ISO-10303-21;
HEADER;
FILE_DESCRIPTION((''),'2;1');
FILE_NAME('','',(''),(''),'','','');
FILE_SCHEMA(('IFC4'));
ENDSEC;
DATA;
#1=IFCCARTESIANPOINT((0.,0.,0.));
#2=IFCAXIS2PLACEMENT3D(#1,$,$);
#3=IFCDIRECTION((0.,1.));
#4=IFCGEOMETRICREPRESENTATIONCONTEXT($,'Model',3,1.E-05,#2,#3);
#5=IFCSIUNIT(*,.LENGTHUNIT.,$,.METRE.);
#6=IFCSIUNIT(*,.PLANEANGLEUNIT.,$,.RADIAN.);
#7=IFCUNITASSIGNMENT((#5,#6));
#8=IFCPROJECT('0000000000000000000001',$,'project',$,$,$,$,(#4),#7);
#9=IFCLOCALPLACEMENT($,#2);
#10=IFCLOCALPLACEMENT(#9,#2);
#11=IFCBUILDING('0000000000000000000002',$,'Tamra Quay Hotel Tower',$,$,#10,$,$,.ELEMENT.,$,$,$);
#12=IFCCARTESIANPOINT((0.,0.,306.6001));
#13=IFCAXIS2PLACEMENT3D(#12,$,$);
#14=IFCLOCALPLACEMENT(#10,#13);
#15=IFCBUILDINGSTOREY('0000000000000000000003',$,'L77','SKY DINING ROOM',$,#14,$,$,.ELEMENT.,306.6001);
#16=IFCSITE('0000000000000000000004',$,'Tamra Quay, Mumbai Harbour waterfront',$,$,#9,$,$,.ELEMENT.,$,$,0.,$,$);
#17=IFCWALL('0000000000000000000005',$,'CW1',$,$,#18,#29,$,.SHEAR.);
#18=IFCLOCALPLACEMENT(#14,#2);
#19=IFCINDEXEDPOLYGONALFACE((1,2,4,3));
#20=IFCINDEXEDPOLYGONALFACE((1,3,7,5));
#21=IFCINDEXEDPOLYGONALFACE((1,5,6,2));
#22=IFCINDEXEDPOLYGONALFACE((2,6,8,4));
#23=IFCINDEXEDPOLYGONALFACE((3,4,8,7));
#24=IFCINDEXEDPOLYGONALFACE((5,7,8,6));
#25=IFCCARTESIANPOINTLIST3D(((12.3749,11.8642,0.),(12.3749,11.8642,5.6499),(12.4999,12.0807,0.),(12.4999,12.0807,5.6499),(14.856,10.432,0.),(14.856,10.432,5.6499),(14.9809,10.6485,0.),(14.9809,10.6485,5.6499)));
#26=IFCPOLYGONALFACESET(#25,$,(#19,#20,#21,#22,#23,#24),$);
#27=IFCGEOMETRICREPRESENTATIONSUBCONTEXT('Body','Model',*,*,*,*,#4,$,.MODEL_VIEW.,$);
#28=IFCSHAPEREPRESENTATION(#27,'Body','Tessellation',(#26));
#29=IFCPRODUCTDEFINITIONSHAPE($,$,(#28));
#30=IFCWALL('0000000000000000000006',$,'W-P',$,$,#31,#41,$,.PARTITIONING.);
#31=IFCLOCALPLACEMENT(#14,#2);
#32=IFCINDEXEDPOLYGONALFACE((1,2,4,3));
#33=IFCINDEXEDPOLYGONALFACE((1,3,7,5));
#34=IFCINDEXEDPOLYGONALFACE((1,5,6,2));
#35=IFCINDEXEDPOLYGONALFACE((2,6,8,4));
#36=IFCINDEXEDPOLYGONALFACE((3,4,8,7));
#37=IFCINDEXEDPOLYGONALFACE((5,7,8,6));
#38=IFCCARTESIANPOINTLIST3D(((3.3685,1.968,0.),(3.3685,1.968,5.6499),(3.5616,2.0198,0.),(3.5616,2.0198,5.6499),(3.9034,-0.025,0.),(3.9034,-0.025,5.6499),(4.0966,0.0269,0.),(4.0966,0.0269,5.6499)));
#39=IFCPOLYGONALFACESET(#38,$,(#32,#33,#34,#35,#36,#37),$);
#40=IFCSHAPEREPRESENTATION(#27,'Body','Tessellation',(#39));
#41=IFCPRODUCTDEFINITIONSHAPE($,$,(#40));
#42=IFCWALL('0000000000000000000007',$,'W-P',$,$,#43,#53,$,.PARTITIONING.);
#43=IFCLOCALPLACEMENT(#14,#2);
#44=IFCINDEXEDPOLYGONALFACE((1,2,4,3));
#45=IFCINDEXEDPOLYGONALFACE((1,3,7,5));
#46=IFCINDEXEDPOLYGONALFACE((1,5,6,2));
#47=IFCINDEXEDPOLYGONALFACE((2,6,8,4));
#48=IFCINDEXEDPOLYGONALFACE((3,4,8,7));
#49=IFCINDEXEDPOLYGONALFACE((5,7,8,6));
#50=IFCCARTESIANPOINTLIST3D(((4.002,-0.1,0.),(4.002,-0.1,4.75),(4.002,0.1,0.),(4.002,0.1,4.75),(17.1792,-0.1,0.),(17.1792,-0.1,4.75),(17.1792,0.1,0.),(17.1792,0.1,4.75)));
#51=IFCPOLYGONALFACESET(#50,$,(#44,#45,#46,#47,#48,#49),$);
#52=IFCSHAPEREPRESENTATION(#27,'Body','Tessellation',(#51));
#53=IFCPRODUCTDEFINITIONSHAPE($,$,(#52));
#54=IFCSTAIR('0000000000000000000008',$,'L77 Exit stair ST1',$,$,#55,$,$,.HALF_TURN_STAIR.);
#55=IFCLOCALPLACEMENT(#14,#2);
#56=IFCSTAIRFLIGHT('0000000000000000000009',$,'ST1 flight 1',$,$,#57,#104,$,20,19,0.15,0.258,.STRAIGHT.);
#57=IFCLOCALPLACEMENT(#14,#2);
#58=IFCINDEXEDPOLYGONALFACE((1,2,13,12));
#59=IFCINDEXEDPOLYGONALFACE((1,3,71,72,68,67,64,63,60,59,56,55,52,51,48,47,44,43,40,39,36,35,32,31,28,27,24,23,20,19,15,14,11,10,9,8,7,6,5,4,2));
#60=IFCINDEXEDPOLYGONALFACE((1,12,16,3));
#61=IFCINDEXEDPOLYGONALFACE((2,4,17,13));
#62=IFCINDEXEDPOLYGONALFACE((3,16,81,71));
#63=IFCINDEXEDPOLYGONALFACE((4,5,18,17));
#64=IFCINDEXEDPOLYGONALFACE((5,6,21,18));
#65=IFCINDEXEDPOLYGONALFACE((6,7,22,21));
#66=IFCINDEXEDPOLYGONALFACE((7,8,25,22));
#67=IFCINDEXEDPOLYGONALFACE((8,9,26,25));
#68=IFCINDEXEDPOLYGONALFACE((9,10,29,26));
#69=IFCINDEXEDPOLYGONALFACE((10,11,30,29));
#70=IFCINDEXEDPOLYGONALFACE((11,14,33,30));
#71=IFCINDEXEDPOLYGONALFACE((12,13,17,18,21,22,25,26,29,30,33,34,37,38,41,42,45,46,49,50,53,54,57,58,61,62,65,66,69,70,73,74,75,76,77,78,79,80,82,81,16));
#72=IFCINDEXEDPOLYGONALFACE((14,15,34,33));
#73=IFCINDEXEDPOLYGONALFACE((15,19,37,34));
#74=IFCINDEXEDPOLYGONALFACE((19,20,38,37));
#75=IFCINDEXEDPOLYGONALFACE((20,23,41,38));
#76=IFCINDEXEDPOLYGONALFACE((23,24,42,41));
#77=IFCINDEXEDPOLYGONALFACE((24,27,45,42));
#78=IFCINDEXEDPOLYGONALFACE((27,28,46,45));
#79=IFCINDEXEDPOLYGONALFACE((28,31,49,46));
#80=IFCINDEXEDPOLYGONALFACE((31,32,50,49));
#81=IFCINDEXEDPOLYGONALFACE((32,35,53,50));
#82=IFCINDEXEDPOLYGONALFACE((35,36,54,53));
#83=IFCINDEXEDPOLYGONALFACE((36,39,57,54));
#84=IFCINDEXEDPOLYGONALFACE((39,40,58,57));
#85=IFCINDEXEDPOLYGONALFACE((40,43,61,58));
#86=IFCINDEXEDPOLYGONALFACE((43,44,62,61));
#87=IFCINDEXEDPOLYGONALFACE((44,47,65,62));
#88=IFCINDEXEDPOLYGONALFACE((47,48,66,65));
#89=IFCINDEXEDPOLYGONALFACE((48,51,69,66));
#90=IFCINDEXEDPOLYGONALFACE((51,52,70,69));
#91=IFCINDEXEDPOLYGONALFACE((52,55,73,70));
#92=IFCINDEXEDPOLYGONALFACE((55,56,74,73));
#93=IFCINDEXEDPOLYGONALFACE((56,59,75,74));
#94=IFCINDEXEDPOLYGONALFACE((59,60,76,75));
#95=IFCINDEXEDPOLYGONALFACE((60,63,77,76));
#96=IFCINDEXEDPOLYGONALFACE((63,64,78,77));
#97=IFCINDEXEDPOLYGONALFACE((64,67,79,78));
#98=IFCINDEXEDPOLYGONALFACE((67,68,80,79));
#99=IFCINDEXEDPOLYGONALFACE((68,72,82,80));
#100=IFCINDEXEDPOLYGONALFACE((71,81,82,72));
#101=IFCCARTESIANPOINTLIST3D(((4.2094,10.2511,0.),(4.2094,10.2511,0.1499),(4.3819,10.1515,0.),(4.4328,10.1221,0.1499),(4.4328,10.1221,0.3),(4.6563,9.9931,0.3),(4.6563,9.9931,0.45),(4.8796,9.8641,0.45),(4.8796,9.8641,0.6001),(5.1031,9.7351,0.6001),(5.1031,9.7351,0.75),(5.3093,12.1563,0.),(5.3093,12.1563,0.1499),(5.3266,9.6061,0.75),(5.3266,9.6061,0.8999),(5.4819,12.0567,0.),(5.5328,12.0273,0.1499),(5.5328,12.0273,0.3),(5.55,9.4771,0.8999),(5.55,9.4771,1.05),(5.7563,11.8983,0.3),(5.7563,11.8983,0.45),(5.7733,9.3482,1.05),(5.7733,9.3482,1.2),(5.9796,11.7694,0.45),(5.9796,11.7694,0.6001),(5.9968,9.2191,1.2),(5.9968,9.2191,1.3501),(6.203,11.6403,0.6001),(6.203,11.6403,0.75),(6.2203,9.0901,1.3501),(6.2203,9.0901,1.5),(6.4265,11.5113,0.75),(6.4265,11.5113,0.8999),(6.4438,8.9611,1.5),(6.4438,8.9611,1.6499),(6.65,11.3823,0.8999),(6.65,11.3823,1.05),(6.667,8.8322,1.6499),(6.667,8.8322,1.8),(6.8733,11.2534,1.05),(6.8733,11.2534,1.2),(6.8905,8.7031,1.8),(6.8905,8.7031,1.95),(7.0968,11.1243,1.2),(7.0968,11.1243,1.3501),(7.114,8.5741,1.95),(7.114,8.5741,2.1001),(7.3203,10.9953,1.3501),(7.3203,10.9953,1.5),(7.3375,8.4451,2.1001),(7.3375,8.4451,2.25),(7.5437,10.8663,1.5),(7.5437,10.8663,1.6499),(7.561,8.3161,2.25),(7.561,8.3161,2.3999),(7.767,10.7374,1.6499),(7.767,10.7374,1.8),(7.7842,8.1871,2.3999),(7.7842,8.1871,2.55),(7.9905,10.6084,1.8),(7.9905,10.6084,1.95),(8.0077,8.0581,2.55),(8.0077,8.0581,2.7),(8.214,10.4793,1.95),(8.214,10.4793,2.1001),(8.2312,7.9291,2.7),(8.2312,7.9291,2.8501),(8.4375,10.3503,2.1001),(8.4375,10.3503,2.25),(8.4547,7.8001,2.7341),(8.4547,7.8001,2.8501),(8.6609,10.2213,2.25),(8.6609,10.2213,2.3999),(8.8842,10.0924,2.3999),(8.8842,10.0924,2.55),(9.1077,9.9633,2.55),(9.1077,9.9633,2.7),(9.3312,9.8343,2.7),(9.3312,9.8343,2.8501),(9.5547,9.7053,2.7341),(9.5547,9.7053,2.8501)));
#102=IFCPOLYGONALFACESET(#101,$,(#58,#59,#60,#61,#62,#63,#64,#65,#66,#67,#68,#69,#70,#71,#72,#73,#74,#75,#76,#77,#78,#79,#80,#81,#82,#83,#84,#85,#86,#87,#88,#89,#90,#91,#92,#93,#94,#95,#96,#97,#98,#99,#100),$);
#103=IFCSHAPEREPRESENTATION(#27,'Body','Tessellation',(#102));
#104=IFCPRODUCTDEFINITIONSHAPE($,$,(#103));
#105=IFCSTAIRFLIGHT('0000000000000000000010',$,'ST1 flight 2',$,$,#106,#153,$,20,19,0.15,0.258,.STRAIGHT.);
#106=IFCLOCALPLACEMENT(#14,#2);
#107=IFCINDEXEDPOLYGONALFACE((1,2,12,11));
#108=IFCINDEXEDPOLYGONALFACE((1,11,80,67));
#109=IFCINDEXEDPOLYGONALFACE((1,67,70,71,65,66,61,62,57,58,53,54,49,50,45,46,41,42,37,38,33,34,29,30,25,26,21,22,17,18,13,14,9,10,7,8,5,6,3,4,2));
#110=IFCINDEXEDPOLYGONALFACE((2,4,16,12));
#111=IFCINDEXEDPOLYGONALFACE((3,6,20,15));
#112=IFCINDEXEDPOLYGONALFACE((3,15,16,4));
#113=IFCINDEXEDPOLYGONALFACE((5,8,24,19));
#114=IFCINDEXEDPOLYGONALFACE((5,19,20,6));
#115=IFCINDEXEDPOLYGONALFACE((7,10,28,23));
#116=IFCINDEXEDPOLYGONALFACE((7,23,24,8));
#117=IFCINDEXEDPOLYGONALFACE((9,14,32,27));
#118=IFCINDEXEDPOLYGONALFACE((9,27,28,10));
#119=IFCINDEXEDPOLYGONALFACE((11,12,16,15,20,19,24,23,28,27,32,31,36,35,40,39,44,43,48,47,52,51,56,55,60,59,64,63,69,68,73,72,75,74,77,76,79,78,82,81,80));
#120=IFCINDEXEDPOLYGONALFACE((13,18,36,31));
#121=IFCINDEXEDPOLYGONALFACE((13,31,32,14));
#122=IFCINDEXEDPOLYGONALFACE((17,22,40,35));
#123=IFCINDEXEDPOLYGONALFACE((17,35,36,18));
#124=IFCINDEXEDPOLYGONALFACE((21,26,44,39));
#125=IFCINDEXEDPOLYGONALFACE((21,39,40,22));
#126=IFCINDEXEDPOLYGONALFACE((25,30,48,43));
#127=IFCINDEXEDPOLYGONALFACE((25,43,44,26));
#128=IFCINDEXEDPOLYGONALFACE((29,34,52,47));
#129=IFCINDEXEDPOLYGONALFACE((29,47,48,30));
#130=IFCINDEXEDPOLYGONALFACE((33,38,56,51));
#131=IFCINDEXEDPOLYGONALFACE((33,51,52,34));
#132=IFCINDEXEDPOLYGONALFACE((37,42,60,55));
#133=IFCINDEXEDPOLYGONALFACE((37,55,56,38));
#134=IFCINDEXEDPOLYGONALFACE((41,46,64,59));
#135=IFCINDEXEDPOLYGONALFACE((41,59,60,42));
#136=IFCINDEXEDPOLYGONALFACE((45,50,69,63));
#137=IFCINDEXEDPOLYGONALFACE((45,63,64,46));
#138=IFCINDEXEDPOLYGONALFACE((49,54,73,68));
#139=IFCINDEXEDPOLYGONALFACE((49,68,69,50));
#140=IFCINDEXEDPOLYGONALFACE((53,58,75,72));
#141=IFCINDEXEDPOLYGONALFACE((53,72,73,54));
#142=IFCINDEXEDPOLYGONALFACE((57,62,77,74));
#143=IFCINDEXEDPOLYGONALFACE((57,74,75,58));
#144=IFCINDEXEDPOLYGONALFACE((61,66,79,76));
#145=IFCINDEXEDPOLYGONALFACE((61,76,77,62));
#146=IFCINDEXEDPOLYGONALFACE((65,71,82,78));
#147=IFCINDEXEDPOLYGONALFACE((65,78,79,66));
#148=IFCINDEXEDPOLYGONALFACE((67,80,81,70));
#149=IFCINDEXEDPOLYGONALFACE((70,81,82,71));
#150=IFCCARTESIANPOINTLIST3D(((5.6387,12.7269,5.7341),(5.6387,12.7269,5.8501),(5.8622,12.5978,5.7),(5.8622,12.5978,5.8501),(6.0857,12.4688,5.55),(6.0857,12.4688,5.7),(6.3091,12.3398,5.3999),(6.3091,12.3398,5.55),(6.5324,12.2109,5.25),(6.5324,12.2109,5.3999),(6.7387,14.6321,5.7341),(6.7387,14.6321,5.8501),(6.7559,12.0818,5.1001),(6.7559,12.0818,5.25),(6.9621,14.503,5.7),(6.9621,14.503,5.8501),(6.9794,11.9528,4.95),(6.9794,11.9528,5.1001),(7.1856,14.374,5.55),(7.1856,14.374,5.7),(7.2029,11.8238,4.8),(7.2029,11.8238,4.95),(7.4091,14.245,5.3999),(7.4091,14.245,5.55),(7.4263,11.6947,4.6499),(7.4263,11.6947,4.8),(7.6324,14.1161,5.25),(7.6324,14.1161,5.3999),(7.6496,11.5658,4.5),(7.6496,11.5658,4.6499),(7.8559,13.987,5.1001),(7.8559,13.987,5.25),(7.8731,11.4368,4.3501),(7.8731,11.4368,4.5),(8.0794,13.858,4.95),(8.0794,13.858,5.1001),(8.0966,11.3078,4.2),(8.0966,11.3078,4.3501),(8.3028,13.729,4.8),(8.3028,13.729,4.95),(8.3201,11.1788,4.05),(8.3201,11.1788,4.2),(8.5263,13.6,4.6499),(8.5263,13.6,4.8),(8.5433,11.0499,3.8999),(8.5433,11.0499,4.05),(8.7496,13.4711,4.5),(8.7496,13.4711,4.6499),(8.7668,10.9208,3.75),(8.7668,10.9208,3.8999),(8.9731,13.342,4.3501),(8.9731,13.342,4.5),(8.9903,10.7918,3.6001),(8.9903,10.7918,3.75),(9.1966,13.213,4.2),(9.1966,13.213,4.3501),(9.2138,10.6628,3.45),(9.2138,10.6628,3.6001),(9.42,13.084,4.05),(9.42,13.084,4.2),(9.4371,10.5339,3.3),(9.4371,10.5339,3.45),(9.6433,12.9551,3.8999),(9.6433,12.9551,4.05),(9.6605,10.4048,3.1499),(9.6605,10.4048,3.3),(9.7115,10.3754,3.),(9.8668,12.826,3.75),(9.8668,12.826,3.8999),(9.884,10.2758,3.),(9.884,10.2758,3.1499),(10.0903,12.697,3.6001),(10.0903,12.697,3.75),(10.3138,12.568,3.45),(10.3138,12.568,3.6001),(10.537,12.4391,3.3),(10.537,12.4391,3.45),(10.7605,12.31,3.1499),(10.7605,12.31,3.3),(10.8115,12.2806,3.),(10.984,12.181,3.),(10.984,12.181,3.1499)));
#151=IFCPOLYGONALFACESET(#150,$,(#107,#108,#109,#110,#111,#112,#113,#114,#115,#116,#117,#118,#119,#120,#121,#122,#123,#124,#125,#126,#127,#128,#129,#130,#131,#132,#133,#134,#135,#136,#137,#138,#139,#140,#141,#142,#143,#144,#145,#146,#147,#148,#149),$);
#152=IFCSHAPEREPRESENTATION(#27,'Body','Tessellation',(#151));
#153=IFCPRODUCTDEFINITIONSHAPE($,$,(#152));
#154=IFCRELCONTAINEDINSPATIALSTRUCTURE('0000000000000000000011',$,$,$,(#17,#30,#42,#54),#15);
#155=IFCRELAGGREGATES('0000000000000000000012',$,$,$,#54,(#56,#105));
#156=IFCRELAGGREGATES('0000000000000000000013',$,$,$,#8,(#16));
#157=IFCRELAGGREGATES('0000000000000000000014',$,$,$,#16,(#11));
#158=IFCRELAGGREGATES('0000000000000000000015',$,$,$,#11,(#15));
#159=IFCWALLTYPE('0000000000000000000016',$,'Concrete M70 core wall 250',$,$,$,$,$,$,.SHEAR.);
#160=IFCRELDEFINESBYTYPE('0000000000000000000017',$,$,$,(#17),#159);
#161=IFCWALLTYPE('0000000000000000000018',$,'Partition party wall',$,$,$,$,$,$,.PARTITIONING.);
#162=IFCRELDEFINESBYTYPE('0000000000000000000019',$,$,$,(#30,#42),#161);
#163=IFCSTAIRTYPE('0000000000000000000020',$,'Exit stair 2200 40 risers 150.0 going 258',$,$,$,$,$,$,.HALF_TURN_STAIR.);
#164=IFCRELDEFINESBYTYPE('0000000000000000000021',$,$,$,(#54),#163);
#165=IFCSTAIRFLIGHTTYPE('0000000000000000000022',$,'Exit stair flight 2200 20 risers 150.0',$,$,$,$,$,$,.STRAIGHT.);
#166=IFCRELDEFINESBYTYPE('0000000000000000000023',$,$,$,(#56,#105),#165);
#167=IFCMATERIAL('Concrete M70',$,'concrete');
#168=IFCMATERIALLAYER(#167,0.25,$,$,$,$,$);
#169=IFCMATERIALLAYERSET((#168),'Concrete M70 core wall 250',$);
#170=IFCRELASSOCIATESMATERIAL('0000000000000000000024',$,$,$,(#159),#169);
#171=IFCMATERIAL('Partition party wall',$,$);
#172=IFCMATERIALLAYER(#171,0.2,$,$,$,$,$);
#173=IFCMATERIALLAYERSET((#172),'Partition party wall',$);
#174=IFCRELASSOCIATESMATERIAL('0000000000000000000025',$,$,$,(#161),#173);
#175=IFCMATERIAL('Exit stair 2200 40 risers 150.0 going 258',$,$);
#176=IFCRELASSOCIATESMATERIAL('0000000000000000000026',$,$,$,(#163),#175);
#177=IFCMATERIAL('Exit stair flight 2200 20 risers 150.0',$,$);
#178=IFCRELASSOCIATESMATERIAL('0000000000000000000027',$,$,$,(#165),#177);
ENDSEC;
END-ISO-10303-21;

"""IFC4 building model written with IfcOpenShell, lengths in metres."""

from ifc_helpers import new_model, si_unit, direction, frame, frame_2d, origin, place, context, subcontext, project, spatial, polyline, rectangle, outline, extrude, material, layer, layer_set, type_object, element, aggregate, save


model = new_model("IFC4")

# Units and contexts
model_context = context("Model", 3, precision=1e-05, world=origin(), true_north=direction((0.0, 1.0)))
body_context = subcontext(model_context, "Body", "Model", "MODEL_VIEW")
ifc_project = project(units=[si_unit("LENGTHUNIT", "METRE"), si_unit("PLANEANGLEUNIT", "RADIAN")], contexts=[model_context])

# Site, building, storey
site_placement = place(None, origin())
site = spatial("IfcSite", under=ifc_project, at=site_placement, Name="Tamra Quay, Mumbai Harbour waterfront", CompositionType="ELEMENT", RefElevation=0.0)
building_placement = place(site_placement, origin())
building = spatial("IfcBuilding", under=site, at=building_placement, Name="Tamra Quay Hotel Tower", CompositionType="ELEMENT")
storey_placement = place(building_placement, frame((0.0, 0.0, 306.6001)))
storey = spatial("IfcBuildingStorey", under=building, at=storey_placement, Name="L77", Description="SKY DINING ROOM", CompositionType="ELEMENT", Elevation=306.6001)

# Shared definitions
ifc_material_1 = material(Name="Concrete M70", Category="concrete")

# Shared definitions
ifc_layer_1 = layer(ifc_material_1, 0.25)
ifc_layer_set_1 = layer_set([ifc_layer_1], Name="Concrete M70 core wall 250")
wall_type_1 = type_object("IfcWallType", Name="Concrete M70 core wall 250", PredefinedType="SHEAR", material=ifc_layer_set_1)

# Walls
wall_1_placement = place(storey_placement, frame((14.9185, 10.5403, 0.0), z_axis=(0.0, 0.0, 1.0), x_axis=(-0.866064, 0.499934, 0.0)))
element("IfcWall", 1, at=wall_1_placement, inside=storey, type_object=wall_type_1, Name="CW1", PredefinedType="SHEAR", context=body_context, shape_type="SweptSolid", body=[
    extrude(rectangle(XDim=2.8647, YDim=0.25, at=frame_2d((1.4324, 0.0))), origin(), (0.0, 0.0, 1.0), 5.6499),
])
ifc_material_2 = material(Name="Partition party wall")
ifc_layer_2 = layer(ifc_material_2, 0.2)
ifc_layer_set_2 = layer_set([ifc_layer_2], Name="Partition party wall")
wall_type_2 = type_object("IfcWallType", Name="Partition party wall", PredefinedType="PARTITIONING", material=ifc_layer_set_2)
wall_2_placement = place(storey_placement, frame((3.4651, 1.9939, 0.0), z_axis=(0.0, 0.0, 1.0), x_axis=(0.259231, -0.965815, 0.0)))
element("IfcWall", 2, at=wall_2_placement, inside=storey, type_object=wall_type_2, Name="W-P", PredefinedType="PARTITIONING", context=body_context, shape_type="SweptSolid", body=[
    extrude(rectangle(XDim=2.0635, YDim=0.2, at=frame_2d((1.0317, 0.0))), origin(), (0.0, 0.0, 1.0), 5.6499),
])
wall_3_placement = place(storey_placement, frame((4.002, 0.0, 0.0), z_axis=(0.0, 0.0, 1.0), x_axis=(1.0, 0.0, 0.0)))
element("IfcWall", 3, at=wall_3_placement, inside=storey, type_object=wall_type_2, Name="W-P", PredefinedType="PARTITIONING", context=body_context, shape_type="SweptSolid", body=[
    extrude(rectangle(XDim=13.1772, YDim=0.2, at=frame_2d((6.5886, 0.0))), origin(), (0.0, 0.0, 1.0), 4.75),
])

# Stair, stair flights
ifc_material_3 = material(Name="Exit stair 2200 40 risers 150.0 going 258")
stair_type = type_object("IfcStairType", Name="Exit stair 2200 40 risers 150.0 going 258", PredefinedType="HALF_TURN_STAIR", material=ifc_material_3)
stair_placement = place(storey_placement, origin())
stair = element("IfcStair", 4, at=stair_placement, inside=storey, type_object=stair_type, Name="L77 Exit stair ST1", PredefinedType="HALF_TURN_STAIR")
ifc_material_4 = material(Name="Exit stair flight 2200 20 risers 150.0")
stair_flight_type = type_object("IfcStairFlightType", Name="Exit stair flight 2200 20 risers 150.0", PredefinedType="STRAIGHT", material=ifc_material_4)
stair_flight_1_placement = place(storey_placement, frame((4.7593, 11.2036, 0.0), z_axis=(0.0, 0.0, 1.0), x_axis=(0.866025, -0.5, 0.0)))
stair_flight_1 = element("IfcStairFlight", 5, at=stair_flight_1_placement, type_object=stair_flight_type, Name="ST1 flight 1", NumberOfRisers=20, NumberOfTreads=19, PredefinedType="STRAIGHT", RiserHeight=0.15, TreadLength=0.258, context=body_context, shape_type="SweptSolid", body=[
    extrude(outline(polyline([(0.0, 0.0), (0.0, 0.1499), (0.2581, 0.1499), (0.2581, 0.3), (0.5161, 0.3), (0.5161, 0.45), (0.7739, 0.45), (0.7739, 0.6001), (1.032, 0.6001), (1.032, 0.75), (1.29, 0.75), (1.29, 0.8999), (1.5481, 0.8999), (1.5481, 1.05), (1.8059, 1.05), (1.8059, 1.2), (2.064, 1.2), (2.064, 1.3501), (2.322, 1.3501), (2.322, 1.5), (2.5801, 1.5), (2.5801, 1.6499), (2.8379, 1.6499), (2.8379, 1.8), (3.0959, 1.8), (3.0959, 1.95), (3.354, 1.95), (3.354, 2.1001), (3.6121, 2.1001), (3.6121, 2.25), (3.8701, 2.25), (3.8701, 2.3999), (4.1279, 2.3999), (4.1279, 2.55), (4.386, 2.55), (4.386, 2.7), (4.644, 2.7), (4.644, 2.8501), (4.9021, 2.8501), (4.9021, 3.0), (4.9021, 2.7341), (0.1992, 0.0), (0.0, 0.0)])), frame((0.0, 1.1001, 0.0), z_axis=(0.0, -1.0, 0.0), x_axis=(1.0, 0.0, 0.0)), (0.0, 0.0, 1.0), 2.2),
])
stair_flight_2_placement = place(storey_placement, frame((10.4341, 11.2285, 3.0), z_axis=(0.0, 0.0, 1.0), x_axis=(-0.866025, 0.5, 0.0)))
stair_flight_2 = element("IfcStairFlight", 6, at=stair_flight_2_placement, type_object=stair_flight_type, Name="ST1 flight 2", NumberOfRisers=20, NumberOfTreads=19, PredefinedType="STRAIGHT", RiserHeight=0.15, TreadLength=0.258, context=body_context, shape_type="SweptSolid", body=[
    extrude(outline(polyline([(0.0, 0.0), (0.0, 0.1499), (0.2581, 0.1499), (0.2581, 0.3), (0.5161, 0.3), (0.5161, 0.45), (0.7739, 0.45), (0.7739, 0.6001), (1.032, 0.6001), (1.032, 0.75), (1.29, 0.75), (1.29, 0.8999), (1.5481, 0.8999), (1.5481, 1.05), (1.8059, 1.05), (1.8059, 1.2), (2.064, 1.2), (2.064, 1.3501), (2.322, 1.3501), (2.322, 1.5), (2.5801, 1.5), (2.5801, 1.6499), (2.8379, 1.6499), (2.8379, 1.8), (3.0959, 1.8), (3.0959, 1.95), (3.354, 1.95), (3.354, 2.1001), (3.6121, 2.1001), (3.6121, 2.25), (3.8701, 2.25), (3.8701, 2.3999), (4.1279, 2.3999), (4.1279, 2.55), (4.386, 2.55), (4.386, 2.7), (4.644, 2.7), (4.644, 2.8501), (4.9021, 2.8501), (4.9021, 3.0), (4.9021, 2.7341), (0.1992, 0.0), (0.0, 0.0)])), frame((0.0, 1.1001, 0.0), z_axis=(0.0, -1.0, 0.0), x_axis=(1.0, 0.0, 0.0)), (0.0, 0.0, 1.0), 2.2),
])
aggregate(stair, [stair_flight_1, stair_flight_2])

save(model, "model.ifc")
